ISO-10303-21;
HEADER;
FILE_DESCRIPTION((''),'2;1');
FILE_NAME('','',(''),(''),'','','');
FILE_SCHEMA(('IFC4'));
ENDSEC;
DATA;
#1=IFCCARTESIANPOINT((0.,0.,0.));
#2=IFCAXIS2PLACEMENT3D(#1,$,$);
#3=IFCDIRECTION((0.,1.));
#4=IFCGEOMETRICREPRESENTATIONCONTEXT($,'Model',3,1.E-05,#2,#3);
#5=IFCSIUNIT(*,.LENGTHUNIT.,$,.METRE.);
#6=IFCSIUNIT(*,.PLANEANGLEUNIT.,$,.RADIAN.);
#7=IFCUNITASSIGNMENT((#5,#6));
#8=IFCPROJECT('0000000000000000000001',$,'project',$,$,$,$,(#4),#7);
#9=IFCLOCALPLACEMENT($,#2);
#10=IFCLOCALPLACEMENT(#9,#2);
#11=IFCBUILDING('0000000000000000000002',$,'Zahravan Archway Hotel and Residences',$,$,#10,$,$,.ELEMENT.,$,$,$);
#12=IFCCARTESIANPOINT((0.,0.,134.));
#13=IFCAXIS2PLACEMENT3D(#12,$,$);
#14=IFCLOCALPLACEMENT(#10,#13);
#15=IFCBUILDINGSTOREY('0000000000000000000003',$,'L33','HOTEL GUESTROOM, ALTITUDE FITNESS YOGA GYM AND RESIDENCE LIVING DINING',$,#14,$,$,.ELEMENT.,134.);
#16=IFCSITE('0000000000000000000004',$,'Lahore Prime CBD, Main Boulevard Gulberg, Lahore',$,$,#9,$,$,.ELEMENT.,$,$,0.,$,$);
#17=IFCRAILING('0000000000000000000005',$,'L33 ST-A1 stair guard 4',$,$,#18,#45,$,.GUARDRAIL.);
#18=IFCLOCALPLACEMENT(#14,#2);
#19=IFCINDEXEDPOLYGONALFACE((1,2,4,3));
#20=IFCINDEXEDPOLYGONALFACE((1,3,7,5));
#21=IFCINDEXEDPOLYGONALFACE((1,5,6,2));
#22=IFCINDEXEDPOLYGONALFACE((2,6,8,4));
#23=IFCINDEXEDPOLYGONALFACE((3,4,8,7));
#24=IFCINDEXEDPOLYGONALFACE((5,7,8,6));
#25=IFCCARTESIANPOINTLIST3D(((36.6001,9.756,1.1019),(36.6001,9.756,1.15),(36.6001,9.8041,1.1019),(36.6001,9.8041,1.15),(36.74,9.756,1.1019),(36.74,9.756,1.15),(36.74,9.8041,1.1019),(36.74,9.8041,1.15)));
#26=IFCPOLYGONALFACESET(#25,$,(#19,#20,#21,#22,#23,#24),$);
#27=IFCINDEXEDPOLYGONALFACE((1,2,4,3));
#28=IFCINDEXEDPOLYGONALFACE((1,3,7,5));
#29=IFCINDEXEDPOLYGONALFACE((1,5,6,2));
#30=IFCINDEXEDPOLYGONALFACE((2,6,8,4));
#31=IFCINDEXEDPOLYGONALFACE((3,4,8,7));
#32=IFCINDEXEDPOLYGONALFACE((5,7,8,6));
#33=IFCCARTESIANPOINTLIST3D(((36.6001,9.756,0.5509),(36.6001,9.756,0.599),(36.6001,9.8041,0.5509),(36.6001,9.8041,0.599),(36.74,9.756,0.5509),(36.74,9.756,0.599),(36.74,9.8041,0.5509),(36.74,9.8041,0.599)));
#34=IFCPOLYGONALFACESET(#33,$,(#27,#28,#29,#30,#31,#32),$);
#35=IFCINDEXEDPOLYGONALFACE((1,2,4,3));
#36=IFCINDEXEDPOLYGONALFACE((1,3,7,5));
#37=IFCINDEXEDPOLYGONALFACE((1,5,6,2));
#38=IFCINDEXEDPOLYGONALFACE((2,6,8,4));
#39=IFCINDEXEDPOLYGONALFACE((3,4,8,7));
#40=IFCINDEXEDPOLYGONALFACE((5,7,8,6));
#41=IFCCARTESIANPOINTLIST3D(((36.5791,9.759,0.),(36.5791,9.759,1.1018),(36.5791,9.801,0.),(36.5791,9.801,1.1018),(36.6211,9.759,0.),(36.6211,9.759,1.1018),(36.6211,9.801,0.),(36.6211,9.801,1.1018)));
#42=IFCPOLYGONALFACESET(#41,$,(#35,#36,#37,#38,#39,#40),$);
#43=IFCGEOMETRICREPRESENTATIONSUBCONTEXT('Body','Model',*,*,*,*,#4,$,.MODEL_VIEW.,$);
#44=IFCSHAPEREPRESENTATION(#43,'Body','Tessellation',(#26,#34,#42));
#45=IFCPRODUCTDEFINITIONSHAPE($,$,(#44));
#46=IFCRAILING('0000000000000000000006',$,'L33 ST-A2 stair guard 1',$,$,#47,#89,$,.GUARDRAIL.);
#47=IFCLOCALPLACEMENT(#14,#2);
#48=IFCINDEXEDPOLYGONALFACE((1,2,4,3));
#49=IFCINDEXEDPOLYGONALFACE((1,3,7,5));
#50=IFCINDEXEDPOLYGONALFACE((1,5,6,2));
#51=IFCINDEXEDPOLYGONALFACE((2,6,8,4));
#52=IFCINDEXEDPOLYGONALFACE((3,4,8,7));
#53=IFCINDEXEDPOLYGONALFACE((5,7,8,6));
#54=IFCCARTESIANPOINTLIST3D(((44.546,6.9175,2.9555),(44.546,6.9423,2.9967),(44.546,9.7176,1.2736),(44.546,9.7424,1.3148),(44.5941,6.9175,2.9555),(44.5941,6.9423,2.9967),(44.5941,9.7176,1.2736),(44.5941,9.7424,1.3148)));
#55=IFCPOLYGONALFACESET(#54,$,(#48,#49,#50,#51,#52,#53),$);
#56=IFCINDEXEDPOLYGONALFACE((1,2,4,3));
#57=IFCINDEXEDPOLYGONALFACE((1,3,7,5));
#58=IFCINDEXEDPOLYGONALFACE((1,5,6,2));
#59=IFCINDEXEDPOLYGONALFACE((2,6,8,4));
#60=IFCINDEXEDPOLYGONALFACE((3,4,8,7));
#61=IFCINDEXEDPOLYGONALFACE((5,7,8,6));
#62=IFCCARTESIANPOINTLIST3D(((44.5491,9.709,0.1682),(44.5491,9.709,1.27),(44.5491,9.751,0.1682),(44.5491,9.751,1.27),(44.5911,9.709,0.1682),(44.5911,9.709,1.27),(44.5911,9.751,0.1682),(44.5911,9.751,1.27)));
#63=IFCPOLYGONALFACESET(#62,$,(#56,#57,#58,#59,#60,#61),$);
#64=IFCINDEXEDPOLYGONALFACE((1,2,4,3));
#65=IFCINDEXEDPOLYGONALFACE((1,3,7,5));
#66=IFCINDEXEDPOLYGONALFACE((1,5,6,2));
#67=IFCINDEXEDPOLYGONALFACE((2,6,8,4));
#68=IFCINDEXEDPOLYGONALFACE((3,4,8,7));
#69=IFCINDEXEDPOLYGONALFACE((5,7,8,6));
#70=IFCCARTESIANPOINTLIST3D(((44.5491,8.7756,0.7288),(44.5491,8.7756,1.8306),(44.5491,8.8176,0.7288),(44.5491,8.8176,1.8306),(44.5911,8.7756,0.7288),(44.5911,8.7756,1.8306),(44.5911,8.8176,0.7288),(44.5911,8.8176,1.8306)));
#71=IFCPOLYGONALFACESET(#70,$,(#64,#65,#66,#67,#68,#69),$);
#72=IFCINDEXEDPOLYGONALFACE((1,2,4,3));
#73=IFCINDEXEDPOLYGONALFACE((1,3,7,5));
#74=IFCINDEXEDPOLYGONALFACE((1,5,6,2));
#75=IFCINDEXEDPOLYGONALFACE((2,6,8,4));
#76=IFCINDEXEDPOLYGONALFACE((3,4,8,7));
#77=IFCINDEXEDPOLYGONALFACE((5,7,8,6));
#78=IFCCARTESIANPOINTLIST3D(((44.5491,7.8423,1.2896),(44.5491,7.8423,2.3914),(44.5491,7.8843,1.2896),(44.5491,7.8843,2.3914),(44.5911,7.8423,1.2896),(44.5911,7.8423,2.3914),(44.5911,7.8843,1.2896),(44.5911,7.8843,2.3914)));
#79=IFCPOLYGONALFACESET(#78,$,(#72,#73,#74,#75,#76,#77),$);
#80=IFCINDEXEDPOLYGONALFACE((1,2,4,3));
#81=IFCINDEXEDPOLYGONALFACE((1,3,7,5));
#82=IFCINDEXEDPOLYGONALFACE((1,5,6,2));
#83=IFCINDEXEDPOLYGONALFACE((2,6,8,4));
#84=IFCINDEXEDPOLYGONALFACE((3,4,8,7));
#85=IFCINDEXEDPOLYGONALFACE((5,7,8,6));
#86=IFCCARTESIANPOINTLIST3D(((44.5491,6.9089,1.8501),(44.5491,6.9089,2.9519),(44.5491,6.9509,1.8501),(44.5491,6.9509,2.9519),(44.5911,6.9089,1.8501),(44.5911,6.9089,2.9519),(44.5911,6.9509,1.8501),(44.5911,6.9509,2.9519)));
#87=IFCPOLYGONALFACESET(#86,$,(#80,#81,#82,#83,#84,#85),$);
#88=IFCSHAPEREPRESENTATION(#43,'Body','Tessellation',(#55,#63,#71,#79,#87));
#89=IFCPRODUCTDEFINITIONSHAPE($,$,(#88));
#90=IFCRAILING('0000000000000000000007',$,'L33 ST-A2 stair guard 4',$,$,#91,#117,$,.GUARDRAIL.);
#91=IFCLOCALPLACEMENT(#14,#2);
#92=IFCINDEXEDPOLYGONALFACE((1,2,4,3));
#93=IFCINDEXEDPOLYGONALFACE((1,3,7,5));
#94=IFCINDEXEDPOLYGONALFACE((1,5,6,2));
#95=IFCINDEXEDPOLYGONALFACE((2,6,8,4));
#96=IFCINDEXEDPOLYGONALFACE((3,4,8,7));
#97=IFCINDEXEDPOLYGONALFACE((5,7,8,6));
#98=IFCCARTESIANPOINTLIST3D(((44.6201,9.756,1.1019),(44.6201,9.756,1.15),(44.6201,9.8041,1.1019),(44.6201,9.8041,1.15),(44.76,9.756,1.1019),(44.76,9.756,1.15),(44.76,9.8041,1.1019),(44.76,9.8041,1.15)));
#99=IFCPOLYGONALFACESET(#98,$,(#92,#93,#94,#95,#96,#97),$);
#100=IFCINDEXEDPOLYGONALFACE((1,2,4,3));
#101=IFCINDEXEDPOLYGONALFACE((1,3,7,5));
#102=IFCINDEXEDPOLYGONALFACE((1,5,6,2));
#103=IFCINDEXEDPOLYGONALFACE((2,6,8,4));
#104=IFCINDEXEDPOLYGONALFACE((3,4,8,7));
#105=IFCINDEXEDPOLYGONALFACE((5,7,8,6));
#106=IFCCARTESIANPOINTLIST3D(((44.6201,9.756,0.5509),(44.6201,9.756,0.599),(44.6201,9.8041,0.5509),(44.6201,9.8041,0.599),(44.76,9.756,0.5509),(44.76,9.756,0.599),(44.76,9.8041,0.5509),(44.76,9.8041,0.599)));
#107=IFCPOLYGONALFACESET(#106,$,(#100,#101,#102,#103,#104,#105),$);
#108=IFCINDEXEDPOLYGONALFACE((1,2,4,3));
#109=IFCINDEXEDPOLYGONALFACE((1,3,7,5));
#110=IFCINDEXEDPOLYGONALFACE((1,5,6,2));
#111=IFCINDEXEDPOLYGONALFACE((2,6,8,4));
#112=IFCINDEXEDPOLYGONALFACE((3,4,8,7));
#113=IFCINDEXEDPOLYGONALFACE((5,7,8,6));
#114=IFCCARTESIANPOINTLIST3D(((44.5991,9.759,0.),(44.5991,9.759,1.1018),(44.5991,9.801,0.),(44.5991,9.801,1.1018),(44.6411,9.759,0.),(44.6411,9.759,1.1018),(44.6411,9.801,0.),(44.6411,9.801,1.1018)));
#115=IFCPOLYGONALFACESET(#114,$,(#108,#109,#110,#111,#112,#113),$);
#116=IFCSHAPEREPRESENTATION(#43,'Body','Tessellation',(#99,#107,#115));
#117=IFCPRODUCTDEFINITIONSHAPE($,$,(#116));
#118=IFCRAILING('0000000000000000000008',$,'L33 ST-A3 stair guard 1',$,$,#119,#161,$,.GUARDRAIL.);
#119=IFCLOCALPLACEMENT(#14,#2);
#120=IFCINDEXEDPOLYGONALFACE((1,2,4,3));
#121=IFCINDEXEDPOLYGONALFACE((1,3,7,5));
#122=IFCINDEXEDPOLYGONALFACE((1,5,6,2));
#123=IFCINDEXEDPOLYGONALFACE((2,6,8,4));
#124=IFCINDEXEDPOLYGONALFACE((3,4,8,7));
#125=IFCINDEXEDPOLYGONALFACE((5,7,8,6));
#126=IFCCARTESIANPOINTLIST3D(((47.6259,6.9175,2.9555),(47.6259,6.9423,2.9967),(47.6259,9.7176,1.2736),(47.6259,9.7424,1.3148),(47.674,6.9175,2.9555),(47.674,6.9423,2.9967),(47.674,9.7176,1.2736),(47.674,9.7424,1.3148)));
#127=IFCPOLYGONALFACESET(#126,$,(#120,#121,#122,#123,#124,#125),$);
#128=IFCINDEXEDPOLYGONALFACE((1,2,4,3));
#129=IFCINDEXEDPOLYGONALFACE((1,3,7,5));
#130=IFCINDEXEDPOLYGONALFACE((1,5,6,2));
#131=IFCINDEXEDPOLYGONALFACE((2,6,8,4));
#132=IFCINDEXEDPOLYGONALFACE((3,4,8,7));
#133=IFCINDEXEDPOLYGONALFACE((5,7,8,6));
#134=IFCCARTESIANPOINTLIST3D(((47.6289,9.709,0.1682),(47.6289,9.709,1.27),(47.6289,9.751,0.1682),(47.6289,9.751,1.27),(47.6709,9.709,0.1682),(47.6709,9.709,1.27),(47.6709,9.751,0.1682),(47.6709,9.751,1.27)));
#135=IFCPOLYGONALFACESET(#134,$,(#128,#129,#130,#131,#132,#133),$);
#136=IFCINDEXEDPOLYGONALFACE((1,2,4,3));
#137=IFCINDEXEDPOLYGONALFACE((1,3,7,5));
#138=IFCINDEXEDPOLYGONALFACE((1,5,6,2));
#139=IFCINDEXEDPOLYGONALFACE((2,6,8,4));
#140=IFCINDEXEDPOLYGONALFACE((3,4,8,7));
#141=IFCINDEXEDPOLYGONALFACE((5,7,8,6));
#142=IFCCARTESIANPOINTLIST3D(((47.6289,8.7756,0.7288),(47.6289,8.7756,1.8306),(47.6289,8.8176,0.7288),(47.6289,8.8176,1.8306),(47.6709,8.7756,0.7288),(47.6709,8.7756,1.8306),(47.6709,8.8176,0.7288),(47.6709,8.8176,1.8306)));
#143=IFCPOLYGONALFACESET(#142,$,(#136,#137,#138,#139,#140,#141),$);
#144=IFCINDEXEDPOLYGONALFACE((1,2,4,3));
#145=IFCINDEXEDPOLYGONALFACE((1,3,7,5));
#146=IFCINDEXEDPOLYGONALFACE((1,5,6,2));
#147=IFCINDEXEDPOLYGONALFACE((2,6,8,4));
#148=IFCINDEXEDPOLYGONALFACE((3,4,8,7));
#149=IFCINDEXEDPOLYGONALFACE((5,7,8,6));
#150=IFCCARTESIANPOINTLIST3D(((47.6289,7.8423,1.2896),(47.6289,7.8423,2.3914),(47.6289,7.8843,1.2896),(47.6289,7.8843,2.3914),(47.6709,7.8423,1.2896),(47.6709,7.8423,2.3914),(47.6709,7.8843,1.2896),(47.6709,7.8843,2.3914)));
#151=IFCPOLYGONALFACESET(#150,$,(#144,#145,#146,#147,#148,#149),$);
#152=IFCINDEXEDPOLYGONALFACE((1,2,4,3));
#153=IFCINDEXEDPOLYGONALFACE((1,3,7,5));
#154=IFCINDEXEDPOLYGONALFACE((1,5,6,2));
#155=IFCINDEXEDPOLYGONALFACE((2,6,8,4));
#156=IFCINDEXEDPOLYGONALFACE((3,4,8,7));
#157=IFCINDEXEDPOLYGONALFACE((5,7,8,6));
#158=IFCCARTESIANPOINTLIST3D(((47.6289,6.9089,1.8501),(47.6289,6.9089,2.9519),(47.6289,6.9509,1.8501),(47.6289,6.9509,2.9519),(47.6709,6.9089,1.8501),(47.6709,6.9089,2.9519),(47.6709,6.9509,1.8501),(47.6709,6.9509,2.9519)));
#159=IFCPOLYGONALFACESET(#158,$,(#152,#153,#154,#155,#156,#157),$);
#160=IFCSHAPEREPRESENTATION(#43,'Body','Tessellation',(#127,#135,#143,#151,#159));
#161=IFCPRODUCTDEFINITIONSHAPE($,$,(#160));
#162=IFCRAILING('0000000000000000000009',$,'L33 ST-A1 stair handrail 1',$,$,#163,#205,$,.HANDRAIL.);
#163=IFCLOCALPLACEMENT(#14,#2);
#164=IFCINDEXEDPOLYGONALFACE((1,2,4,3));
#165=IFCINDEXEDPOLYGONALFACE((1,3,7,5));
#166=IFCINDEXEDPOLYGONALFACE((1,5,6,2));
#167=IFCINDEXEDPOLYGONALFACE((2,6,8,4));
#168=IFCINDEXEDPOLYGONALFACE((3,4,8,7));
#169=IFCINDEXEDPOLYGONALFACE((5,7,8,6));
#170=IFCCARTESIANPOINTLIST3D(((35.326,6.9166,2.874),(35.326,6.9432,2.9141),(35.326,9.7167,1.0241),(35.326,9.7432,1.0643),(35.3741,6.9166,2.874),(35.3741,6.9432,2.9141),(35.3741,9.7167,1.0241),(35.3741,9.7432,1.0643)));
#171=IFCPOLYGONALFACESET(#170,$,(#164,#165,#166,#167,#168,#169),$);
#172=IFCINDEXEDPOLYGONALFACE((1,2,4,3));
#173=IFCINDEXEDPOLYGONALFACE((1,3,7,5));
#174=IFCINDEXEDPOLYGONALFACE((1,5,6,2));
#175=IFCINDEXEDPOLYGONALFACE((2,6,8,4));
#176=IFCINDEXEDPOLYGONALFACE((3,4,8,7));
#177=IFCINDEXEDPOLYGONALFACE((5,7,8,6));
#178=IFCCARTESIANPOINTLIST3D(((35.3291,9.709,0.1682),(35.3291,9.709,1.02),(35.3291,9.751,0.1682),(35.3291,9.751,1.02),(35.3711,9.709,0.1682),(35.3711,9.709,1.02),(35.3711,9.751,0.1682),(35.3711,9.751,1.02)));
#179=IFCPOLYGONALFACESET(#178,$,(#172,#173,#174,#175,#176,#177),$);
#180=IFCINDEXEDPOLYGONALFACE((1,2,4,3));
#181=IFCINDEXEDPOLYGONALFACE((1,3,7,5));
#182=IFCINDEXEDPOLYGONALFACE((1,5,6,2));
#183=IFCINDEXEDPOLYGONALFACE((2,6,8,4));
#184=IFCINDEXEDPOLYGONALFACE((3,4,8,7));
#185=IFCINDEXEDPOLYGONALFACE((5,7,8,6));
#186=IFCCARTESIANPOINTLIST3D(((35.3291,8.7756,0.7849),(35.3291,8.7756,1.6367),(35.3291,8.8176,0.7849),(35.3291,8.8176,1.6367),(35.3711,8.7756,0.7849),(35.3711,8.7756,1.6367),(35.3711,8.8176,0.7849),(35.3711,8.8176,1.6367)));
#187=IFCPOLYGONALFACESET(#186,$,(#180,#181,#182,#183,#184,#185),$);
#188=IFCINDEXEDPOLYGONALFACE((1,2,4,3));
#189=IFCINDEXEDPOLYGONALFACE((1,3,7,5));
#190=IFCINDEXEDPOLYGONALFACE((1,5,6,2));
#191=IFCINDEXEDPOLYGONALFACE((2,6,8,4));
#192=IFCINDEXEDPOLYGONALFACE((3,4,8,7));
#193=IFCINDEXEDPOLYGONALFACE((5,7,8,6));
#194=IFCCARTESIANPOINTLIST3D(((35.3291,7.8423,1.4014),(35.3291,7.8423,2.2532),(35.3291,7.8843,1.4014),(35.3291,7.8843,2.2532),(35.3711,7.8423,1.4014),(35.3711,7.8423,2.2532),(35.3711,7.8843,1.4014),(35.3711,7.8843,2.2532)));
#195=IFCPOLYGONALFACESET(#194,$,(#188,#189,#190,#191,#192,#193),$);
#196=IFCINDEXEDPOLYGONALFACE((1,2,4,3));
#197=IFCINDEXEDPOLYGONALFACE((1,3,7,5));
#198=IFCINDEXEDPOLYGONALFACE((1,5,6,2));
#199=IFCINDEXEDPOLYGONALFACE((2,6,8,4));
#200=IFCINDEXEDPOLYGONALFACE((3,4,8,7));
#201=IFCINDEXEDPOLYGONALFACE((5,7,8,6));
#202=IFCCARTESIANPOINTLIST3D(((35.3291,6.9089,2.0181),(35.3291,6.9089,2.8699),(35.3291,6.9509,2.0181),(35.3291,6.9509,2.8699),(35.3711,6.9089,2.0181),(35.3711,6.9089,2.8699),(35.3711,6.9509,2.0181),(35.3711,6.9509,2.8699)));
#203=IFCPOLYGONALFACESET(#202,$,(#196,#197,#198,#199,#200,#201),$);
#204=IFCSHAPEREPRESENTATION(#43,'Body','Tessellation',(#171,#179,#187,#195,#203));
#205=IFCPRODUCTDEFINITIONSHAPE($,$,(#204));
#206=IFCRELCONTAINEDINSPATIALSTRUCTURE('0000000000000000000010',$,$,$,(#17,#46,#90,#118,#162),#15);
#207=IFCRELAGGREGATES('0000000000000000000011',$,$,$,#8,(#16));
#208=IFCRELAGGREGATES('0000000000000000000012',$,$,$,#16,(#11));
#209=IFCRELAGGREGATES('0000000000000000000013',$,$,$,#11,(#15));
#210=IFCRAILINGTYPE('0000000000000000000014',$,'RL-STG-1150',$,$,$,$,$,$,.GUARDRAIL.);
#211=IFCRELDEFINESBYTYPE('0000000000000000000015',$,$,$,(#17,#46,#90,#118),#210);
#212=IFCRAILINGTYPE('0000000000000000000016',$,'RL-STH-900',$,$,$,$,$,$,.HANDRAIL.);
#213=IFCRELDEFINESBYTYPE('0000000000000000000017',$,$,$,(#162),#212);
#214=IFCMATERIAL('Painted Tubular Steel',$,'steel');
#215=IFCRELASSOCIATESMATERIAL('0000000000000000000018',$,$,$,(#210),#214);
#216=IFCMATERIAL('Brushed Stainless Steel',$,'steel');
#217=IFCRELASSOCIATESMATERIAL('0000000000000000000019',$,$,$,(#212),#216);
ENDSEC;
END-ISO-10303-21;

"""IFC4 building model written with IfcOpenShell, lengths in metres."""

from ifc_helpers import new_model, si_unit, direction, frame, origin, origin_2d, place, context, subcontext, project, spatial, rectangle, extrude, material, type_object, element, save


model = new_model("IFC4")

# Units and contexts
model_context = context("Model", 3, precision=1e-05, world=origin(), true_north=direction((0.0, 1.0)))
body_context = subcontext(model_context, "Body", "Model", "MODEL_VIEW")
ifc_project = project(units=[si_unit("LENGTHUNIT", "METRE"), si_unit("PLANEANGLEUNIT", "RADIAN")], contexts=[model_context])

# Site, building, storey
site_placement = place(None, origin())
site = spatial("IfcSite", under=ifc_project, at=site_placement, Name="Lahore Prime CBD, Main Boulevard Gulberg, Lahore", CompositionType="ELEMENT", RefElevation=0.0)
building_placement = place(site_placement, origin())
building = spatial("IfcBuilding", under=site, at=building_placement, Name="Zahravan Archway Hotel and Residences", CompositionType="ELEMENT")
storey_placement = place(building_placement, frame((0.0, 0.0, 134.0)))
storey = spatial("IfcBuildingStorey", under=building, at=storey_placement, Name="L33", Description="HOTEL GUESTROOM, ALTITUDE FITNESS YOGA GYM AND RESIDENCE LIVING DINING", CompositionType="ELEMENT", Elevation=134.0)

# Railings
ifc_material_1 = material(Name="Painted Tubular Steel", Category="steel")
railing_type_1 = type_object("IfcRailingType", Name="RL-STG-1150", PredefinedType="GUARDRAIL", material=ifc_material_1)
railing_1_placement = place(storey_placement, frame((36.6001, 9.78, 0.0)))
element("IfcRailing", 1, at=railing_1_placement, inside=storey, type_object=railing_type_1, Name="L33 ST-A1 stair guard 4", PredefinedType="GUARDRAIL", context=body_context, shape_type="SweptSolid", body=[
    extrude(rectangle(XDim=0.0481, YDim=0.0481, at=origin_2d()), frame((0.0, 0.0, 1.126), z_axis=(1.0, 0.0, 0.0), x_axis=(0.0, 1.0, 0.0)), (0.0, 0.0, 1.0), 0.1399),
    extrude(rectangle(XDim=0.0481, YDim=0.0481, at=origin_2d()), frame((0.0, 0.0, 0.575), z_axis=(1.0, 0.0, 0.0), x_axis=(0.0, 1.0, 0.0)), (0.0, 0.0, 1.0), 0.1399),
    extrude(rectangle(XDim=0.042, YDim=0.042, at=origin_2d()), origin(), (0.0, 0.0, 1.0), 1.1018),
])
railing_2_placement = place(storey_placement, frame((44.5701, 9.73, 0.1682)))
element("IfcRailing", 2, at=railing_2_placement, inside=storey, type_object=railing_type_1, Name="L33 ST-A2 stair guard 1", PredefinedType="GUARDRAIL", context=body_context, shape_type="SweptSolid", body=[
    extrude(rectangle(XDim=0.0481, YDim=0.0481, at=origin_2d()), frame((0.0, 0.0, 1.126), z_axis=(0.0, -0.857242, 0.514913), x_axis=(1.0, 0.0, 0.0)), (0.0, 0.0, 1.0), 3.2664),
    extrude(rectangle(XDim=0.042, YDim=0.042, at=origin_2d()), origin(), (0.0, 0.0, 1.0), 1.1018),
    extrude(rectangle(XDim=0.042, YDim=0.042, at=origin_2d()), frame((0.0, -0.9333, 0.5605)), (0.0, 0.0, 1.0), 1.1018),
    extrude(rectangle(XDim=0.042, YDim=0.042, at=origin_2d()), frame((0.0, -1.8667, 1.1213)), (0.0, 0.0, 1.0), 1.1018),
    extrude(rectangle(XDim=0.042, YDim=0.042, at=origin_2d()), frame((0.0, -2.8, 1.6819)), (0.0, 0.0, 1.0), 1.1018),
])
railing_3_placement = place(storey_placement, frame((44.6201, 9.78, 0.0)))
element("IfcRailing", 3, at=railing_3_placement, inside=storey, type_object=railing_type_1, Name="L33 ST-A2 stair guard 4", PredefinedType="GUARDRAIL", context=body_context, shape_type="SweptSolid", body=[
    extrude(rectangle(XDim=0.0481, YDim=0.0481, at=origin_2d()), frame((0.0, 0.0, 1.126), z_axis=(1.0, 0.0, 0.0), x_axis=(0.0, 1.0, 0.0)), (0.0, 0.0, 1.0), 0.1399),
    extrude(rectangle(XDim=0.0481, YDim=0.0481, at=origin_2d()), frame((0.0, 0.0, 0.575), z_axis=(1.0, 0.0, 0.0), x_axis=(0.0, 1.0, 0.0)), (0.0, 0.0, 1.0), 0.1399),
    extrude(rectangle(XDim=0.042, YDim=0.042, at=origin_2d()), origin(), (0.0, 0.0, 1.0), 1.1018),
])
railing_4_placement = place(storey_placement, frame((47.6499, 9.73, 0.1682)))
element("IfcRailing", 4, at=railing_4_placement, inside=storey, type_object=railing_type_1, Name="L33 ST-A3 stair guard 1", PredefinedType="GUARDRAIL", context=body_context, shape_type="SweptSolid", body=[
    extrude(rectangle(XDim=0.0481, YDim=0.0481, at=origin_2d()), frame((0.0, 0.0, 1.126), z_axis=(0.0, -0.857242, 0.514913), x_axis=(1.0, 0.0, 0.0)), (0.0, 0.0, 1.0), 3.2664),
    extrude(rectangle(XDim=0.042, YDim=0.042, at=origin_2d()), origin(), (0.0, 0.0, 1.0), 1.1018),
    extrude(rectangle(XDim=0.042, YDim=0.042, at=origin_2d()), frame((0.0, -0.9333, 0.5605)), (0.0, 0.0, 1.0), 1.1018),
    extrude(rectangle(XDim=0.042, YDim=0.042, at=origin_2d()), frame((0.0, -1.8667, 1.1213)), (0.0, 0.0, 1.0), 1.1018),
    extrude(rectangle(XDim=0.042, YDim=0.042, at=origin_2d()), frame((0.0, -2.8, 1.6819)), (0.0, 0.0, 1.0), 1.1018),
])
ifc_material_2 = material(Name="Brushed Stainless Steel", Category="steel")
railing_type_2 = type_object("IfcRailingType", Name="RL-STH-900", PredefinedType="HANDRAIL", material=ifc_material_2)
for number, where, name in (
    (5, (35.3501, 9.73, 0.1682), "L33 ST-A1 stair handrail 1"),
):
    element("IfcRailing", number, at=place(storey_placement, frame(where)), inside=storey, type_object=railing_type_2, Name=name, PredefinedType="HANDRAIL", context=body_context, shape_type="SweptSolid", body=[
        extrude(rectangle(XDim=0.0481, YDim=0.0481, at=origin_2d()), frame((0.0, 0.0, 0.876), z_axis=(0.0, -0.83436, 0.55122), x_axis=(1.0, 0.0, 0.0)), (0.0, 0.0, 1.0), 3.356),
        extrude(rectangle(XDim=0.042, YDim=0.042, at=origin_2d()), origin(), (0.0, 0.0, 1.0), 0.8518),
        extrude(rectangle(XDim=0.042, YDim=0.042, at=origin_2d()), frame((0.0, -0.9333, 0.6167)), (0.0, 0.0, 1.0), 0.8518),
        extrude(rectangle(XDim=0.042, YDim=0.042, at=origin_2d()), frame((0.0, -1.8667, 1.2332)), (0.0, 0.0, 1.0), 0.8518),
        extrude(rectangle(XDim=0.042, YDim=0.042, at=origin_2d()), frame((0.0, -2.8, 1.8499)), (0.0, 0.0, 1.0), 0.8518),
    ])

save(model, "model.ifc")
